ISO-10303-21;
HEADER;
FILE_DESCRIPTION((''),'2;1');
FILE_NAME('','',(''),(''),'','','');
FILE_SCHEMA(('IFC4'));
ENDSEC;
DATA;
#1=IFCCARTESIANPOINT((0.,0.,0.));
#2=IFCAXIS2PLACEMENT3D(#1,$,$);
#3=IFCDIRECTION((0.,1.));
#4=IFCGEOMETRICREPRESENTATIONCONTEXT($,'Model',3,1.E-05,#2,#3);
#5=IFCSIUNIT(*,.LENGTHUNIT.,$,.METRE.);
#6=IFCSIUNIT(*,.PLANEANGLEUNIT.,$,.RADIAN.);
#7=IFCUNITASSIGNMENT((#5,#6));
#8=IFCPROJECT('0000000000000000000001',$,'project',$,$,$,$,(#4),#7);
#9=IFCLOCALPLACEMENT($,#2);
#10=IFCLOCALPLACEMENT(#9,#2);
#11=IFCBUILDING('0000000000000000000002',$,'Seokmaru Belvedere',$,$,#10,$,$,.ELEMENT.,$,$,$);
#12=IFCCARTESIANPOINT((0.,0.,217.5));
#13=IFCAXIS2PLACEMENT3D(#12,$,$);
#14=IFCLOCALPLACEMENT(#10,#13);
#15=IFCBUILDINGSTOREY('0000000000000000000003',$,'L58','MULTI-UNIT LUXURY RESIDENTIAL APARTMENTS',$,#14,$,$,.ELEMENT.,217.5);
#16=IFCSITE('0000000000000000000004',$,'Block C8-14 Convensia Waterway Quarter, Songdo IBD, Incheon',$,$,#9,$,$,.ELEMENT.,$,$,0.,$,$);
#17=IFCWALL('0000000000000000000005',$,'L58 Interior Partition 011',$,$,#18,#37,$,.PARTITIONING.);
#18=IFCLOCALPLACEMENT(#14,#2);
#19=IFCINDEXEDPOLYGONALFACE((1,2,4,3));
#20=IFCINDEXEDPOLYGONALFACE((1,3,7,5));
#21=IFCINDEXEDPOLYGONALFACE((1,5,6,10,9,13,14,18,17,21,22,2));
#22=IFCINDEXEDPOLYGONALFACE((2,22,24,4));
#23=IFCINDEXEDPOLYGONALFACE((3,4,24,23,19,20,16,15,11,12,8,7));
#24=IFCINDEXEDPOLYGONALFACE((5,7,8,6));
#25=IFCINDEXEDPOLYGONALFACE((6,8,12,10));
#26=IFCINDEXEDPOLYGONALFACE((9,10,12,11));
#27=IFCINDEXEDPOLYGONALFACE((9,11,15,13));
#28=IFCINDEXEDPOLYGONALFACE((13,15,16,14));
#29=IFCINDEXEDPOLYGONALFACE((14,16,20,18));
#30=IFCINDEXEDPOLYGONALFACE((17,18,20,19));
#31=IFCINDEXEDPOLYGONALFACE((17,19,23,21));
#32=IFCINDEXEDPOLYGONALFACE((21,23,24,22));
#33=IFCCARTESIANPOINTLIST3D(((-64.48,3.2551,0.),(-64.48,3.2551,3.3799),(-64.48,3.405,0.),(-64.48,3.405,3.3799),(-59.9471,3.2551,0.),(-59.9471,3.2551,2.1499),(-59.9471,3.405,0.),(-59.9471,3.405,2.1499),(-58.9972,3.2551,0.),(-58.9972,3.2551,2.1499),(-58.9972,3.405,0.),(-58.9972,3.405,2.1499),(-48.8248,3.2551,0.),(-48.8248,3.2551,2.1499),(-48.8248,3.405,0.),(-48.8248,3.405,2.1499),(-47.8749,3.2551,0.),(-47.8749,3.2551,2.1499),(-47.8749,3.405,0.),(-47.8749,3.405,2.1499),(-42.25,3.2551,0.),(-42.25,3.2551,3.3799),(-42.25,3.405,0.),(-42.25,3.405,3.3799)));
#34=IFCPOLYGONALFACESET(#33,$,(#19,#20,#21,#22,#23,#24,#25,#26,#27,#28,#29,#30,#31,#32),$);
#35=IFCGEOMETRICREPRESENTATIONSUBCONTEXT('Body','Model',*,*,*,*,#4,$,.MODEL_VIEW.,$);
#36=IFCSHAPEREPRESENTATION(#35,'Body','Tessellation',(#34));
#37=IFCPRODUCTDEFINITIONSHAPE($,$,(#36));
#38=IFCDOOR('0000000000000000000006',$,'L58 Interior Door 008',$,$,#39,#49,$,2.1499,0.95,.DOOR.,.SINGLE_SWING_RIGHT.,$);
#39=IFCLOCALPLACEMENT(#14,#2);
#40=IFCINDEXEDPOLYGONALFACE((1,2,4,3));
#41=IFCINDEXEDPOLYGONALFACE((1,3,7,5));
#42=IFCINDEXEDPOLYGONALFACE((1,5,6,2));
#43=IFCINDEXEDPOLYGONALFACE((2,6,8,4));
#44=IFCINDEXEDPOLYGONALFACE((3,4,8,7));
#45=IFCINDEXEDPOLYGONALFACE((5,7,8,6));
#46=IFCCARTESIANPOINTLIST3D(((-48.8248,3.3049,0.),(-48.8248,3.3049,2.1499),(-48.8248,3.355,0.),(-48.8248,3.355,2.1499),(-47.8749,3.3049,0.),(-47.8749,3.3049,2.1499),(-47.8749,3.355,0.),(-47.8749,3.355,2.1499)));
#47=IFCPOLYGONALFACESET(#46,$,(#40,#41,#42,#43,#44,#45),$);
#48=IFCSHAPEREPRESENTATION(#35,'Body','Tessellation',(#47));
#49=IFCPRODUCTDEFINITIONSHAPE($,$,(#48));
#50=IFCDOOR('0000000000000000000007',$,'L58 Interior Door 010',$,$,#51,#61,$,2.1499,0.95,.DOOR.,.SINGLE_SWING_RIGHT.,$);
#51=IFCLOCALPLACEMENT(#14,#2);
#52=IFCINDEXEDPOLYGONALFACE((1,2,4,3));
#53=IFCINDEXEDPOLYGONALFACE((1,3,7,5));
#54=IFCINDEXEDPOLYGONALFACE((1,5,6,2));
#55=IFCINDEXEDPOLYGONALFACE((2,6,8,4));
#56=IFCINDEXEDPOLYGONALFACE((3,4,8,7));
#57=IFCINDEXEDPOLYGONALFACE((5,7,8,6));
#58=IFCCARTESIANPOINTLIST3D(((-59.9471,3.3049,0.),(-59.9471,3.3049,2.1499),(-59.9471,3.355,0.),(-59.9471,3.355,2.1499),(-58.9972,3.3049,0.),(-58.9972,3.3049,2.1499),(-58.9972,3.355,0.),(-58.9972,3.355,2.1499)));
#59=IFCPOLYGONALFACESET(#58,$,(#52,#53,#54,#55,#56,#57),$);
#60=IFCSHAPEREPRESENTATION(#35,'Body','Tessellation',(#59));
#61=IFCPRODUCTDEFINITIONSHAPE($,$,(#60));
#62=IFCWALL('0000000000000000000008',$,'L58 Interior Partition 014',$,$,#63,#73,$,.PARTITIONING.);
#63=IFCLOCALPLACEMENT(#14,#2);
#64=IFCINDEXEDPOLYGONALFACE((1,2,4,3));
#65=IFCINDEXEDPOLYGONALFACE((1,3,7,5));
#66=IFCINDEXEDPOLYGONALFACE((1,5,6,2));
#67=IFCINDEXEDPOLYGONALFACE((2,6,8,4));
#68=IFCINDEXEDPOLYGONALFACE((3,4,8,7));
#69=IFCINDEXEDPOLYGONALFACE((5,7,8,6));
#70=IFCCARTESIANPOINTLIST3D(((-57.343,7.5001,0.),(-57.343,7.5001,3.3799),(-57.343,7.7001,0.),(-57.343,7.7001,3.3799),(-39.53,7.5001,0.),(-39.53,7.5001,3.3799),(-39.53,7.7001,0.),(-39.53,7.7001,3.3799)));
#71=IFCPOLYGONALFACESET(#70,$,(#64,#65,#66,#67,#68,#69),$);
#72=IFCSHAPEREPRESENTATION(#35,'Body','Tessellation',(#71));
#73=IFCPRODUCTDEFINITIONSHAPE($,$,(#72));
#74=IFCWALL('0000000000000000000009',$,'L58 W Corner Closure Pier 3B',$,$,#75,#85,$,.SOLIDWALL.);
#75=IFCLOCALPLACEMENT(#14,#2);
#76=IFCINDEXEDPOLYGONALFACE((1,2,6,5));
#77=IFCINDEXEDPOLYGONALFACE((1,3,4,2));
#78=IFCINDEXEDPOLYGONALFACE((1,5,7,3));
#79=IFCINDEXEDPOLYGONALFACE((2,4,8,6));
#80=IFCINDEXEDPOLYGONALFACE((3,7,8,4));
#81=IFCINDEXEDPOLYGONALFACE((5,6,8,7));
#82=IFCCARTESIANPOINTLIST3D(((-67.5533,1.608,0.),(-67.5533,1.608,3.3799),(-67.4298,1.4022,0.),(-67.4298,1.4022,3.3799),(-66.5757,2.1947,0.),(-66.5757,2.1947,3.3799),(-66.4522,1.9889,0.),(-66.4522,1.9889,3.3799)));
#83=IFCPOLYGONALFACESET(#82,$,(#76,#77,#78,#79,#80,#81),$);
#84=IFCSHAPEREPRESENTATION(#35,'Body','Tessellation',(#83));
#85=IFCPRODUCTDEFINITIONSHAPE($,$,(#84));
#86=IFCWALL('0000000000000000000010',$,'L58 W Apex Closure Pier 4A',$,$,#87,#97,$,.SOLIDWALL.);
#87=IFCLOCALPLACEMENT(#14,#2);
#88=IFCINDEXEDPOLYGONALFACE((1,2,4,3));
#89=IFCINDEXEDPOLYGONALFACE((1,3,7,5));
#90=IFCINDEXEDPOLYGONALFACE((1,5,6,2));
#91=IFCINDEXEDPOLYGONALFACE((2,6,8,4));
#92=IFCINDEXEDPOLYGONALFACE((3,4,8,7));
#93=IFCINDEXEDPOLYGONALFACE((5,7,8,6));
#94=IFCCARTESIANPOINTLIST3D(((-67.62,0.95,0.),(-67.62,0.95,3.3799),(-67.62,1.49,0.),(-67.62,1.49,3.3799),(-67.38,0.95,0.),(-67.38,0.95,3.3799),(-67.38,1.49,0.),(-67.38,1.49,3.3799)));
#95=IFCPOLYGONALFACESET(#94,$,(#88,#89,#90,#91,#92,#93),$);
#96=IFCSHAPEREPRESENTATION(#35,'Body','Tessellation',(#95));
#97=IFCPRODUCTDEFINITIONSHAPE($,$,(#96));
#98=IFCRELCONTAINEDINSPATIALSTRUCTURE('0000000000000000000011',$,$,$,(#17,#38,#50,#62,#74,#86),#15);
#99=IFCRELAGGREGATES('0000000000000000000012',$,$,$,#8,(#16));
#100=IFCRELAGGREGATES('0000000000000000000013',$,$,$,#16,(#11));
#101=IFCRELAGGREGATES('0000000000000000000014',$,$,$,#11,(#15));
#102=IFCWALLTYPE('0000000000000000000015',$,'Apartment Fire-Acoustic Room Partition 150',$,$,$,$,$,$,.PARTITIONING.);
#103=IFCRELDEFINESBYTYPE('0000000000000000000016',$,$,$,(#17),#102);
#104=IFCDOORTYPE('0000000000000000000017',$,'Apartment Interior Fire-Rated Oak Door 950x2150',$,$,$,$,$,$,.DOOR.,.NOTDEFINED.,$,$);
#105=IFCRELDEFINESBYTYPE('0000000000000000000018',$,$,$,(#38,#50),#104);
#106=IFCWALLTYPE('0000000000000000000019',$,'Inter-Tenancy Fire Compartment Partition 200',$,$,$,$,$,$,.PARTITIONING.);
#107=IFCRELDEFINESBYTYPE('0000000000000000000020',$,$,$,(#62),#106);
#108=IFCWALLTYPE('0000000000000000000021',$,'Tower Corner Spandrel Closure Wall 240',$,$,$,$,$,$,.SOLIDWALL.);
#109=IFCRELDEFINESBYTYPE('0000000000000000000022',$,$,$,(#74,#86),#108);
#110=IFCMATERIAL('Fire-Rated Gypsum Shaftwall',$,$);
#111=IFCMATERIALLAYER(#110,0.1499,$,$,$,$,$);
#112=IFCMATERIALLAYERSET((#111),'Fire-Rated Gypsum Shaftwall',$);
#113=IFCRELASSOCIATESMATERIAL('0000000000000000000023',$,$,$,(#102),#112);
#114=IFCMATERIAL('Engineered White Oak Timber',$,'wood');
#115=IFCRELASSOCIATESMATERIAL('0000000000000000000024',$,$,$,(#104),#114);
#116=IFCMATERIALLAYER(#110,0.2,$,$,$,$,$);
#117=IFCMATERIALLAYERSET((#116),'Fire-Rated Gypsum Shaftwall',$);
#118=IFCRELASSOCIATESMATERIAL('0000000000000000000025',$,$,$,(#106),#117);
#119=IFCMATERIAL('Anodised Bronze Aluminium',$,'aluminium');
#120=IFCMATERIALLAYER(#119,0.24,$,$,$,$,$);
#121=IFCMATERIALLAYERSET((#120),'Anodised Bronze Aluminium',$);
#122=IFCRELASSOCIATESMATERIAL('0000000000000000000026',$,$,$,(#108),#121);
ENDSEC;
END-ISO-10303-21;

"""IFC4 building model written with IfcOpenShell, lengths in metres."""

from ifc_helpers import new_model, si_unit, direction, frame, frame_2d, origin, place, context, subcontext, project, spatial, rectangle, extrude, source, transform, mapped, material, layer, layer_set, type_object, type_shapes, element, fill, save


model = new_model("IFC4")

# Units and contexts
model_context = context("Model", 3, precision=1e-05, world=origin(), true_north=direction((0.0, 1.0)))
body_context = subcontext(model_context, "Body", "Model", "MODEL_VIEW")
ifc_project = project(units=[si_unit("LENGTHUNIT", "METRE"), si_unit("PLANEANGLEUNIT", "RADIAN")], contexts=[model_context])

# Site, building, storey
site_placement = place(None, origin())
site = spatial("IfcSite", under=ifc_project, at=site_placement, Name="Block C8-14 Convensia Waterway Quarter, Songdo IBD, Incheon", CompositionType="ELEMENT", RefElevation=0.0)
building_placement = place(site_placement, origin())
building = spatial("IfcBuilding", under=site, at=building_placement, Name="Seokmaru Belvedere", CompositionType="ELEMENT")
storey_placement = place(building_placement, frame((0.0, 0.0, 217.5)))
storey = spatial("IfcBuildingStorey", under=building, at=storey_placement, Name="L58", Description="MULTI-UNIT LUXURY RESIDENTIAL APARTMENTS", CompositionType="ELEMENT", Elevation=217.5)

# Shared definitions
ifc_material_1 = material(Name="Anodised Bronze Aluminium", Category="aluminium")

# Wall, openings, doors
ifc_material_2 = material(Name="Fire-Rated Gypsum Shaftwall")
ifc_layer_1 = layer(ifc_material_2, 0.1499)
ifc_layer_set_1 = layer_set([ifc_layer_1], Name="Fire-Rated Gypsum Shaftwall")
wall_type_1 = type_object("IfcWallType", Name="Apartment Fire-Acoustic Room Partition 150", PredefinedType="PARTITIONING", material=ifc_layer_set_1)
wall_1_placement = place(storey_placement, frame((-64.48, 3.3301, 0.0), z_axis=(0.0, 0.0, 1.0), x_axis=(1.0, 0.0, 0.0)))
wall_1 = element("IfcWall", 1, at=wall_1_placement, inside=storey, type_object=wall_type_1, Name="L58 Interior Partition 011", PredefinedType="PARTITIONING", context=body_context, shape_type="SweptSolid", body=[
    extrude(rectangle(XDim=22.23, YDim=0.1499, at=frame_2d((11.115, 0.0))), origin(), (0.0, 0.0, 1.0), 3.3799),
])
opening_1_placement = place(wall_1_placement, frame((15.655, 0.0, 0.0)))
opening_1 = element("IfcOpeningElement", 2, at=opening_1_placement, cuts=wall_1, PredefinedType="OPENING", context=body_context, shape_type="SweptSolid", body=[
    extrude(rectangle(XDim=0.95, YDim=2.1499, at=frame_2d((0.4751, 1.075))), frame((0.0, 0.085, 0.0), z_axis=(0.0, -1.0, 0.0), x_axis=(1.0, 0.0, 0.0)), (0.0, 0.0, 1.0), 0.1699),
])
opening_2_placement = place(wall_1_placement, frame((4.5327, 0.0, 0.0)))
opening_2 = element("IfcOpeningElement", 3, at=opening_2_placement, cuts=wall_1, PredefinedType="OPENING", context=body_context, shape_type="SweptSolid", body=[
    extrude(rectangle(XDim=0.95, YDim=2.1499, at=frame_2d((0.4751, 1.075))), frame((0.0, 0.085, 0.0), z_axis=(0.0, -1.0, 0.0), x_axis=(1.0, 0.0, 0.0)), (0.0, 0.0, 1.0), 0.1699),
])
ifc_material_3 = material(Name="Engineered White Oak Timber", Category="wood")
door_type = type_object("IfcDoorType", Name="Apartment Interior Fire-Rated Oak Door 950x2150", OperationType="NOTDEFINED", PredefinedType="DOOR", material=ifc_material_3)
shared_shape_1 = source(origin(), body_context, "Body", "SweptSolid", [
    extrude(rectangle(XDim=0.95, YDim=2.1499, at=frame_2d((0.4751, 1.075))), frame((0.0, 0.0249, 0.0), z_axis=(0.0, -1.0, 0.0), x_axis=(1.0, 0.0, 0.0)), (0.0, 0.0, 1.0), 0.05),
])
type_shapes(door_type, [shared_shape_1])
door_1_placement = place(opening_1_placement, origin())
door_1 = element("IfcDoor", 4, at=door_1_placement, inside=storey, type_object=door_type, Name="L58 Interior Door 008", OperationType="SINGLE_SWING_RIGHT", OverallHeight=2.1499, OverallWidth=0.95, PredefinedType="DOOR", context=body_context, shape_type="MappedRepresentation", body=[
    mapped(shared_shape_1, transform((0.0, 0.0, 0.0), scale=1.0)),
])
fill(opening_1, door_1)
door_2_placement = place(opening_2_placement, origin())
door_2 = element("IfcDoor", 5, at=door_2_placement, inside=storey, type_object=door_type, Name="L58 Interior Door 010", OperationType="SINGLE_SWING_RIGHT", OverallHeight=2.1499, OverallWidth=0.95, PredefinedType="DOOR", context=body_context, shape_type="MappedRepresentation", body=[
    mapped(shared_shape_1, transform((0.0, 0.0, 0.0), scale=1.0)),
])
fill(opening_2, door_2)

# Walls
ifc_layer_2 = layer(ifc_material_2, 0.2)
ifc_layer_set_2 = layer_set([ifc_layer_2], Name="Fire-Rated Gypsum Shaftwall")
wall_type_2 = type_object("IfcWallType", Name="Inter-Tenancy Fire Compartment Partition 200", PredefinedType="PARTITIONING", material=ifc_layer_set_2)
wall_2_placement = place(storey_placement, frame((-57.343, 7.6001, 0.0), z_axis=(0.0, 0.0, 1.0), x_axis=(1.0, 0.0, 0.0)))
element("IfcWall", 6, at=wall_2_placement, inside=storey, type_object=wall_type_2, Name="L58 Interior Partition 014", PredefinedType="PARTITIONING", context=body_context, shape_type="SweptSolid", body=[
    extrude(rectangle(XDim=17.813, YDim=0.2, at=frame_2d((8.9065, 0.0))), origin(), (0.0, 0.0, 1.0), 3.3799),
])
ifc_layer_3 = layer(ifc_material_1, 0.24)
ifc_layer_set_3 = layer_set([ifc_layer_3], Name="Anodised Bronze Aluminium")
wall_type_3 = type_object("IfcWallType", Name="Tower Corner Spandrel Closure Wall 240", PredefinedType="SOLIDWALL", material=ifc_layer_set_3)
wall_3_placement = place(storey_placement, frame((-66.5139, 2.0918, 0.0), z_axis=(0.0, 0.0, 1.0), x_axis=(-0.857436, -0.51459, 0.0)))
element("IfcWall", 7, at=wall_3_placement, inside=storey, type_object=wall_type_3, Name="L58 W Corner Closure Pier 3B", PredefinedType="SOLIDWALL", context=body_context, shape_type="SweptSolid", body=[
    extrude(rectangle(XDim=1.1401, YDim=0.24, at=frame_2d((0.5701, 0.0))), origin(), (0.0, 0.0, 1.0), 3.3799),
])
wall_4_placement = place(storey_placement, frame((-67.5, 1.49, 0.0), z_axis=(0.0, 0.0, 1.0), x_axis=(0.0, -1.0, 0.0)))
element("IfcWall", 8, at=wall_4_placement, inside=storey, type_object=wall_type_3, Name="L58 W Apex Closure Pier 4A", PredefinedType="SOLIDWALL", context=body_context, shape_type="SweptSolid", body=[
    extrude(rectangle(XDim=0.54, YDim=0.24, at=frame_2d((0.27, 0.0))), origin(), (0.0, 0.0, 1.0), 3.3799),
])

save(model, "model.ifc")
